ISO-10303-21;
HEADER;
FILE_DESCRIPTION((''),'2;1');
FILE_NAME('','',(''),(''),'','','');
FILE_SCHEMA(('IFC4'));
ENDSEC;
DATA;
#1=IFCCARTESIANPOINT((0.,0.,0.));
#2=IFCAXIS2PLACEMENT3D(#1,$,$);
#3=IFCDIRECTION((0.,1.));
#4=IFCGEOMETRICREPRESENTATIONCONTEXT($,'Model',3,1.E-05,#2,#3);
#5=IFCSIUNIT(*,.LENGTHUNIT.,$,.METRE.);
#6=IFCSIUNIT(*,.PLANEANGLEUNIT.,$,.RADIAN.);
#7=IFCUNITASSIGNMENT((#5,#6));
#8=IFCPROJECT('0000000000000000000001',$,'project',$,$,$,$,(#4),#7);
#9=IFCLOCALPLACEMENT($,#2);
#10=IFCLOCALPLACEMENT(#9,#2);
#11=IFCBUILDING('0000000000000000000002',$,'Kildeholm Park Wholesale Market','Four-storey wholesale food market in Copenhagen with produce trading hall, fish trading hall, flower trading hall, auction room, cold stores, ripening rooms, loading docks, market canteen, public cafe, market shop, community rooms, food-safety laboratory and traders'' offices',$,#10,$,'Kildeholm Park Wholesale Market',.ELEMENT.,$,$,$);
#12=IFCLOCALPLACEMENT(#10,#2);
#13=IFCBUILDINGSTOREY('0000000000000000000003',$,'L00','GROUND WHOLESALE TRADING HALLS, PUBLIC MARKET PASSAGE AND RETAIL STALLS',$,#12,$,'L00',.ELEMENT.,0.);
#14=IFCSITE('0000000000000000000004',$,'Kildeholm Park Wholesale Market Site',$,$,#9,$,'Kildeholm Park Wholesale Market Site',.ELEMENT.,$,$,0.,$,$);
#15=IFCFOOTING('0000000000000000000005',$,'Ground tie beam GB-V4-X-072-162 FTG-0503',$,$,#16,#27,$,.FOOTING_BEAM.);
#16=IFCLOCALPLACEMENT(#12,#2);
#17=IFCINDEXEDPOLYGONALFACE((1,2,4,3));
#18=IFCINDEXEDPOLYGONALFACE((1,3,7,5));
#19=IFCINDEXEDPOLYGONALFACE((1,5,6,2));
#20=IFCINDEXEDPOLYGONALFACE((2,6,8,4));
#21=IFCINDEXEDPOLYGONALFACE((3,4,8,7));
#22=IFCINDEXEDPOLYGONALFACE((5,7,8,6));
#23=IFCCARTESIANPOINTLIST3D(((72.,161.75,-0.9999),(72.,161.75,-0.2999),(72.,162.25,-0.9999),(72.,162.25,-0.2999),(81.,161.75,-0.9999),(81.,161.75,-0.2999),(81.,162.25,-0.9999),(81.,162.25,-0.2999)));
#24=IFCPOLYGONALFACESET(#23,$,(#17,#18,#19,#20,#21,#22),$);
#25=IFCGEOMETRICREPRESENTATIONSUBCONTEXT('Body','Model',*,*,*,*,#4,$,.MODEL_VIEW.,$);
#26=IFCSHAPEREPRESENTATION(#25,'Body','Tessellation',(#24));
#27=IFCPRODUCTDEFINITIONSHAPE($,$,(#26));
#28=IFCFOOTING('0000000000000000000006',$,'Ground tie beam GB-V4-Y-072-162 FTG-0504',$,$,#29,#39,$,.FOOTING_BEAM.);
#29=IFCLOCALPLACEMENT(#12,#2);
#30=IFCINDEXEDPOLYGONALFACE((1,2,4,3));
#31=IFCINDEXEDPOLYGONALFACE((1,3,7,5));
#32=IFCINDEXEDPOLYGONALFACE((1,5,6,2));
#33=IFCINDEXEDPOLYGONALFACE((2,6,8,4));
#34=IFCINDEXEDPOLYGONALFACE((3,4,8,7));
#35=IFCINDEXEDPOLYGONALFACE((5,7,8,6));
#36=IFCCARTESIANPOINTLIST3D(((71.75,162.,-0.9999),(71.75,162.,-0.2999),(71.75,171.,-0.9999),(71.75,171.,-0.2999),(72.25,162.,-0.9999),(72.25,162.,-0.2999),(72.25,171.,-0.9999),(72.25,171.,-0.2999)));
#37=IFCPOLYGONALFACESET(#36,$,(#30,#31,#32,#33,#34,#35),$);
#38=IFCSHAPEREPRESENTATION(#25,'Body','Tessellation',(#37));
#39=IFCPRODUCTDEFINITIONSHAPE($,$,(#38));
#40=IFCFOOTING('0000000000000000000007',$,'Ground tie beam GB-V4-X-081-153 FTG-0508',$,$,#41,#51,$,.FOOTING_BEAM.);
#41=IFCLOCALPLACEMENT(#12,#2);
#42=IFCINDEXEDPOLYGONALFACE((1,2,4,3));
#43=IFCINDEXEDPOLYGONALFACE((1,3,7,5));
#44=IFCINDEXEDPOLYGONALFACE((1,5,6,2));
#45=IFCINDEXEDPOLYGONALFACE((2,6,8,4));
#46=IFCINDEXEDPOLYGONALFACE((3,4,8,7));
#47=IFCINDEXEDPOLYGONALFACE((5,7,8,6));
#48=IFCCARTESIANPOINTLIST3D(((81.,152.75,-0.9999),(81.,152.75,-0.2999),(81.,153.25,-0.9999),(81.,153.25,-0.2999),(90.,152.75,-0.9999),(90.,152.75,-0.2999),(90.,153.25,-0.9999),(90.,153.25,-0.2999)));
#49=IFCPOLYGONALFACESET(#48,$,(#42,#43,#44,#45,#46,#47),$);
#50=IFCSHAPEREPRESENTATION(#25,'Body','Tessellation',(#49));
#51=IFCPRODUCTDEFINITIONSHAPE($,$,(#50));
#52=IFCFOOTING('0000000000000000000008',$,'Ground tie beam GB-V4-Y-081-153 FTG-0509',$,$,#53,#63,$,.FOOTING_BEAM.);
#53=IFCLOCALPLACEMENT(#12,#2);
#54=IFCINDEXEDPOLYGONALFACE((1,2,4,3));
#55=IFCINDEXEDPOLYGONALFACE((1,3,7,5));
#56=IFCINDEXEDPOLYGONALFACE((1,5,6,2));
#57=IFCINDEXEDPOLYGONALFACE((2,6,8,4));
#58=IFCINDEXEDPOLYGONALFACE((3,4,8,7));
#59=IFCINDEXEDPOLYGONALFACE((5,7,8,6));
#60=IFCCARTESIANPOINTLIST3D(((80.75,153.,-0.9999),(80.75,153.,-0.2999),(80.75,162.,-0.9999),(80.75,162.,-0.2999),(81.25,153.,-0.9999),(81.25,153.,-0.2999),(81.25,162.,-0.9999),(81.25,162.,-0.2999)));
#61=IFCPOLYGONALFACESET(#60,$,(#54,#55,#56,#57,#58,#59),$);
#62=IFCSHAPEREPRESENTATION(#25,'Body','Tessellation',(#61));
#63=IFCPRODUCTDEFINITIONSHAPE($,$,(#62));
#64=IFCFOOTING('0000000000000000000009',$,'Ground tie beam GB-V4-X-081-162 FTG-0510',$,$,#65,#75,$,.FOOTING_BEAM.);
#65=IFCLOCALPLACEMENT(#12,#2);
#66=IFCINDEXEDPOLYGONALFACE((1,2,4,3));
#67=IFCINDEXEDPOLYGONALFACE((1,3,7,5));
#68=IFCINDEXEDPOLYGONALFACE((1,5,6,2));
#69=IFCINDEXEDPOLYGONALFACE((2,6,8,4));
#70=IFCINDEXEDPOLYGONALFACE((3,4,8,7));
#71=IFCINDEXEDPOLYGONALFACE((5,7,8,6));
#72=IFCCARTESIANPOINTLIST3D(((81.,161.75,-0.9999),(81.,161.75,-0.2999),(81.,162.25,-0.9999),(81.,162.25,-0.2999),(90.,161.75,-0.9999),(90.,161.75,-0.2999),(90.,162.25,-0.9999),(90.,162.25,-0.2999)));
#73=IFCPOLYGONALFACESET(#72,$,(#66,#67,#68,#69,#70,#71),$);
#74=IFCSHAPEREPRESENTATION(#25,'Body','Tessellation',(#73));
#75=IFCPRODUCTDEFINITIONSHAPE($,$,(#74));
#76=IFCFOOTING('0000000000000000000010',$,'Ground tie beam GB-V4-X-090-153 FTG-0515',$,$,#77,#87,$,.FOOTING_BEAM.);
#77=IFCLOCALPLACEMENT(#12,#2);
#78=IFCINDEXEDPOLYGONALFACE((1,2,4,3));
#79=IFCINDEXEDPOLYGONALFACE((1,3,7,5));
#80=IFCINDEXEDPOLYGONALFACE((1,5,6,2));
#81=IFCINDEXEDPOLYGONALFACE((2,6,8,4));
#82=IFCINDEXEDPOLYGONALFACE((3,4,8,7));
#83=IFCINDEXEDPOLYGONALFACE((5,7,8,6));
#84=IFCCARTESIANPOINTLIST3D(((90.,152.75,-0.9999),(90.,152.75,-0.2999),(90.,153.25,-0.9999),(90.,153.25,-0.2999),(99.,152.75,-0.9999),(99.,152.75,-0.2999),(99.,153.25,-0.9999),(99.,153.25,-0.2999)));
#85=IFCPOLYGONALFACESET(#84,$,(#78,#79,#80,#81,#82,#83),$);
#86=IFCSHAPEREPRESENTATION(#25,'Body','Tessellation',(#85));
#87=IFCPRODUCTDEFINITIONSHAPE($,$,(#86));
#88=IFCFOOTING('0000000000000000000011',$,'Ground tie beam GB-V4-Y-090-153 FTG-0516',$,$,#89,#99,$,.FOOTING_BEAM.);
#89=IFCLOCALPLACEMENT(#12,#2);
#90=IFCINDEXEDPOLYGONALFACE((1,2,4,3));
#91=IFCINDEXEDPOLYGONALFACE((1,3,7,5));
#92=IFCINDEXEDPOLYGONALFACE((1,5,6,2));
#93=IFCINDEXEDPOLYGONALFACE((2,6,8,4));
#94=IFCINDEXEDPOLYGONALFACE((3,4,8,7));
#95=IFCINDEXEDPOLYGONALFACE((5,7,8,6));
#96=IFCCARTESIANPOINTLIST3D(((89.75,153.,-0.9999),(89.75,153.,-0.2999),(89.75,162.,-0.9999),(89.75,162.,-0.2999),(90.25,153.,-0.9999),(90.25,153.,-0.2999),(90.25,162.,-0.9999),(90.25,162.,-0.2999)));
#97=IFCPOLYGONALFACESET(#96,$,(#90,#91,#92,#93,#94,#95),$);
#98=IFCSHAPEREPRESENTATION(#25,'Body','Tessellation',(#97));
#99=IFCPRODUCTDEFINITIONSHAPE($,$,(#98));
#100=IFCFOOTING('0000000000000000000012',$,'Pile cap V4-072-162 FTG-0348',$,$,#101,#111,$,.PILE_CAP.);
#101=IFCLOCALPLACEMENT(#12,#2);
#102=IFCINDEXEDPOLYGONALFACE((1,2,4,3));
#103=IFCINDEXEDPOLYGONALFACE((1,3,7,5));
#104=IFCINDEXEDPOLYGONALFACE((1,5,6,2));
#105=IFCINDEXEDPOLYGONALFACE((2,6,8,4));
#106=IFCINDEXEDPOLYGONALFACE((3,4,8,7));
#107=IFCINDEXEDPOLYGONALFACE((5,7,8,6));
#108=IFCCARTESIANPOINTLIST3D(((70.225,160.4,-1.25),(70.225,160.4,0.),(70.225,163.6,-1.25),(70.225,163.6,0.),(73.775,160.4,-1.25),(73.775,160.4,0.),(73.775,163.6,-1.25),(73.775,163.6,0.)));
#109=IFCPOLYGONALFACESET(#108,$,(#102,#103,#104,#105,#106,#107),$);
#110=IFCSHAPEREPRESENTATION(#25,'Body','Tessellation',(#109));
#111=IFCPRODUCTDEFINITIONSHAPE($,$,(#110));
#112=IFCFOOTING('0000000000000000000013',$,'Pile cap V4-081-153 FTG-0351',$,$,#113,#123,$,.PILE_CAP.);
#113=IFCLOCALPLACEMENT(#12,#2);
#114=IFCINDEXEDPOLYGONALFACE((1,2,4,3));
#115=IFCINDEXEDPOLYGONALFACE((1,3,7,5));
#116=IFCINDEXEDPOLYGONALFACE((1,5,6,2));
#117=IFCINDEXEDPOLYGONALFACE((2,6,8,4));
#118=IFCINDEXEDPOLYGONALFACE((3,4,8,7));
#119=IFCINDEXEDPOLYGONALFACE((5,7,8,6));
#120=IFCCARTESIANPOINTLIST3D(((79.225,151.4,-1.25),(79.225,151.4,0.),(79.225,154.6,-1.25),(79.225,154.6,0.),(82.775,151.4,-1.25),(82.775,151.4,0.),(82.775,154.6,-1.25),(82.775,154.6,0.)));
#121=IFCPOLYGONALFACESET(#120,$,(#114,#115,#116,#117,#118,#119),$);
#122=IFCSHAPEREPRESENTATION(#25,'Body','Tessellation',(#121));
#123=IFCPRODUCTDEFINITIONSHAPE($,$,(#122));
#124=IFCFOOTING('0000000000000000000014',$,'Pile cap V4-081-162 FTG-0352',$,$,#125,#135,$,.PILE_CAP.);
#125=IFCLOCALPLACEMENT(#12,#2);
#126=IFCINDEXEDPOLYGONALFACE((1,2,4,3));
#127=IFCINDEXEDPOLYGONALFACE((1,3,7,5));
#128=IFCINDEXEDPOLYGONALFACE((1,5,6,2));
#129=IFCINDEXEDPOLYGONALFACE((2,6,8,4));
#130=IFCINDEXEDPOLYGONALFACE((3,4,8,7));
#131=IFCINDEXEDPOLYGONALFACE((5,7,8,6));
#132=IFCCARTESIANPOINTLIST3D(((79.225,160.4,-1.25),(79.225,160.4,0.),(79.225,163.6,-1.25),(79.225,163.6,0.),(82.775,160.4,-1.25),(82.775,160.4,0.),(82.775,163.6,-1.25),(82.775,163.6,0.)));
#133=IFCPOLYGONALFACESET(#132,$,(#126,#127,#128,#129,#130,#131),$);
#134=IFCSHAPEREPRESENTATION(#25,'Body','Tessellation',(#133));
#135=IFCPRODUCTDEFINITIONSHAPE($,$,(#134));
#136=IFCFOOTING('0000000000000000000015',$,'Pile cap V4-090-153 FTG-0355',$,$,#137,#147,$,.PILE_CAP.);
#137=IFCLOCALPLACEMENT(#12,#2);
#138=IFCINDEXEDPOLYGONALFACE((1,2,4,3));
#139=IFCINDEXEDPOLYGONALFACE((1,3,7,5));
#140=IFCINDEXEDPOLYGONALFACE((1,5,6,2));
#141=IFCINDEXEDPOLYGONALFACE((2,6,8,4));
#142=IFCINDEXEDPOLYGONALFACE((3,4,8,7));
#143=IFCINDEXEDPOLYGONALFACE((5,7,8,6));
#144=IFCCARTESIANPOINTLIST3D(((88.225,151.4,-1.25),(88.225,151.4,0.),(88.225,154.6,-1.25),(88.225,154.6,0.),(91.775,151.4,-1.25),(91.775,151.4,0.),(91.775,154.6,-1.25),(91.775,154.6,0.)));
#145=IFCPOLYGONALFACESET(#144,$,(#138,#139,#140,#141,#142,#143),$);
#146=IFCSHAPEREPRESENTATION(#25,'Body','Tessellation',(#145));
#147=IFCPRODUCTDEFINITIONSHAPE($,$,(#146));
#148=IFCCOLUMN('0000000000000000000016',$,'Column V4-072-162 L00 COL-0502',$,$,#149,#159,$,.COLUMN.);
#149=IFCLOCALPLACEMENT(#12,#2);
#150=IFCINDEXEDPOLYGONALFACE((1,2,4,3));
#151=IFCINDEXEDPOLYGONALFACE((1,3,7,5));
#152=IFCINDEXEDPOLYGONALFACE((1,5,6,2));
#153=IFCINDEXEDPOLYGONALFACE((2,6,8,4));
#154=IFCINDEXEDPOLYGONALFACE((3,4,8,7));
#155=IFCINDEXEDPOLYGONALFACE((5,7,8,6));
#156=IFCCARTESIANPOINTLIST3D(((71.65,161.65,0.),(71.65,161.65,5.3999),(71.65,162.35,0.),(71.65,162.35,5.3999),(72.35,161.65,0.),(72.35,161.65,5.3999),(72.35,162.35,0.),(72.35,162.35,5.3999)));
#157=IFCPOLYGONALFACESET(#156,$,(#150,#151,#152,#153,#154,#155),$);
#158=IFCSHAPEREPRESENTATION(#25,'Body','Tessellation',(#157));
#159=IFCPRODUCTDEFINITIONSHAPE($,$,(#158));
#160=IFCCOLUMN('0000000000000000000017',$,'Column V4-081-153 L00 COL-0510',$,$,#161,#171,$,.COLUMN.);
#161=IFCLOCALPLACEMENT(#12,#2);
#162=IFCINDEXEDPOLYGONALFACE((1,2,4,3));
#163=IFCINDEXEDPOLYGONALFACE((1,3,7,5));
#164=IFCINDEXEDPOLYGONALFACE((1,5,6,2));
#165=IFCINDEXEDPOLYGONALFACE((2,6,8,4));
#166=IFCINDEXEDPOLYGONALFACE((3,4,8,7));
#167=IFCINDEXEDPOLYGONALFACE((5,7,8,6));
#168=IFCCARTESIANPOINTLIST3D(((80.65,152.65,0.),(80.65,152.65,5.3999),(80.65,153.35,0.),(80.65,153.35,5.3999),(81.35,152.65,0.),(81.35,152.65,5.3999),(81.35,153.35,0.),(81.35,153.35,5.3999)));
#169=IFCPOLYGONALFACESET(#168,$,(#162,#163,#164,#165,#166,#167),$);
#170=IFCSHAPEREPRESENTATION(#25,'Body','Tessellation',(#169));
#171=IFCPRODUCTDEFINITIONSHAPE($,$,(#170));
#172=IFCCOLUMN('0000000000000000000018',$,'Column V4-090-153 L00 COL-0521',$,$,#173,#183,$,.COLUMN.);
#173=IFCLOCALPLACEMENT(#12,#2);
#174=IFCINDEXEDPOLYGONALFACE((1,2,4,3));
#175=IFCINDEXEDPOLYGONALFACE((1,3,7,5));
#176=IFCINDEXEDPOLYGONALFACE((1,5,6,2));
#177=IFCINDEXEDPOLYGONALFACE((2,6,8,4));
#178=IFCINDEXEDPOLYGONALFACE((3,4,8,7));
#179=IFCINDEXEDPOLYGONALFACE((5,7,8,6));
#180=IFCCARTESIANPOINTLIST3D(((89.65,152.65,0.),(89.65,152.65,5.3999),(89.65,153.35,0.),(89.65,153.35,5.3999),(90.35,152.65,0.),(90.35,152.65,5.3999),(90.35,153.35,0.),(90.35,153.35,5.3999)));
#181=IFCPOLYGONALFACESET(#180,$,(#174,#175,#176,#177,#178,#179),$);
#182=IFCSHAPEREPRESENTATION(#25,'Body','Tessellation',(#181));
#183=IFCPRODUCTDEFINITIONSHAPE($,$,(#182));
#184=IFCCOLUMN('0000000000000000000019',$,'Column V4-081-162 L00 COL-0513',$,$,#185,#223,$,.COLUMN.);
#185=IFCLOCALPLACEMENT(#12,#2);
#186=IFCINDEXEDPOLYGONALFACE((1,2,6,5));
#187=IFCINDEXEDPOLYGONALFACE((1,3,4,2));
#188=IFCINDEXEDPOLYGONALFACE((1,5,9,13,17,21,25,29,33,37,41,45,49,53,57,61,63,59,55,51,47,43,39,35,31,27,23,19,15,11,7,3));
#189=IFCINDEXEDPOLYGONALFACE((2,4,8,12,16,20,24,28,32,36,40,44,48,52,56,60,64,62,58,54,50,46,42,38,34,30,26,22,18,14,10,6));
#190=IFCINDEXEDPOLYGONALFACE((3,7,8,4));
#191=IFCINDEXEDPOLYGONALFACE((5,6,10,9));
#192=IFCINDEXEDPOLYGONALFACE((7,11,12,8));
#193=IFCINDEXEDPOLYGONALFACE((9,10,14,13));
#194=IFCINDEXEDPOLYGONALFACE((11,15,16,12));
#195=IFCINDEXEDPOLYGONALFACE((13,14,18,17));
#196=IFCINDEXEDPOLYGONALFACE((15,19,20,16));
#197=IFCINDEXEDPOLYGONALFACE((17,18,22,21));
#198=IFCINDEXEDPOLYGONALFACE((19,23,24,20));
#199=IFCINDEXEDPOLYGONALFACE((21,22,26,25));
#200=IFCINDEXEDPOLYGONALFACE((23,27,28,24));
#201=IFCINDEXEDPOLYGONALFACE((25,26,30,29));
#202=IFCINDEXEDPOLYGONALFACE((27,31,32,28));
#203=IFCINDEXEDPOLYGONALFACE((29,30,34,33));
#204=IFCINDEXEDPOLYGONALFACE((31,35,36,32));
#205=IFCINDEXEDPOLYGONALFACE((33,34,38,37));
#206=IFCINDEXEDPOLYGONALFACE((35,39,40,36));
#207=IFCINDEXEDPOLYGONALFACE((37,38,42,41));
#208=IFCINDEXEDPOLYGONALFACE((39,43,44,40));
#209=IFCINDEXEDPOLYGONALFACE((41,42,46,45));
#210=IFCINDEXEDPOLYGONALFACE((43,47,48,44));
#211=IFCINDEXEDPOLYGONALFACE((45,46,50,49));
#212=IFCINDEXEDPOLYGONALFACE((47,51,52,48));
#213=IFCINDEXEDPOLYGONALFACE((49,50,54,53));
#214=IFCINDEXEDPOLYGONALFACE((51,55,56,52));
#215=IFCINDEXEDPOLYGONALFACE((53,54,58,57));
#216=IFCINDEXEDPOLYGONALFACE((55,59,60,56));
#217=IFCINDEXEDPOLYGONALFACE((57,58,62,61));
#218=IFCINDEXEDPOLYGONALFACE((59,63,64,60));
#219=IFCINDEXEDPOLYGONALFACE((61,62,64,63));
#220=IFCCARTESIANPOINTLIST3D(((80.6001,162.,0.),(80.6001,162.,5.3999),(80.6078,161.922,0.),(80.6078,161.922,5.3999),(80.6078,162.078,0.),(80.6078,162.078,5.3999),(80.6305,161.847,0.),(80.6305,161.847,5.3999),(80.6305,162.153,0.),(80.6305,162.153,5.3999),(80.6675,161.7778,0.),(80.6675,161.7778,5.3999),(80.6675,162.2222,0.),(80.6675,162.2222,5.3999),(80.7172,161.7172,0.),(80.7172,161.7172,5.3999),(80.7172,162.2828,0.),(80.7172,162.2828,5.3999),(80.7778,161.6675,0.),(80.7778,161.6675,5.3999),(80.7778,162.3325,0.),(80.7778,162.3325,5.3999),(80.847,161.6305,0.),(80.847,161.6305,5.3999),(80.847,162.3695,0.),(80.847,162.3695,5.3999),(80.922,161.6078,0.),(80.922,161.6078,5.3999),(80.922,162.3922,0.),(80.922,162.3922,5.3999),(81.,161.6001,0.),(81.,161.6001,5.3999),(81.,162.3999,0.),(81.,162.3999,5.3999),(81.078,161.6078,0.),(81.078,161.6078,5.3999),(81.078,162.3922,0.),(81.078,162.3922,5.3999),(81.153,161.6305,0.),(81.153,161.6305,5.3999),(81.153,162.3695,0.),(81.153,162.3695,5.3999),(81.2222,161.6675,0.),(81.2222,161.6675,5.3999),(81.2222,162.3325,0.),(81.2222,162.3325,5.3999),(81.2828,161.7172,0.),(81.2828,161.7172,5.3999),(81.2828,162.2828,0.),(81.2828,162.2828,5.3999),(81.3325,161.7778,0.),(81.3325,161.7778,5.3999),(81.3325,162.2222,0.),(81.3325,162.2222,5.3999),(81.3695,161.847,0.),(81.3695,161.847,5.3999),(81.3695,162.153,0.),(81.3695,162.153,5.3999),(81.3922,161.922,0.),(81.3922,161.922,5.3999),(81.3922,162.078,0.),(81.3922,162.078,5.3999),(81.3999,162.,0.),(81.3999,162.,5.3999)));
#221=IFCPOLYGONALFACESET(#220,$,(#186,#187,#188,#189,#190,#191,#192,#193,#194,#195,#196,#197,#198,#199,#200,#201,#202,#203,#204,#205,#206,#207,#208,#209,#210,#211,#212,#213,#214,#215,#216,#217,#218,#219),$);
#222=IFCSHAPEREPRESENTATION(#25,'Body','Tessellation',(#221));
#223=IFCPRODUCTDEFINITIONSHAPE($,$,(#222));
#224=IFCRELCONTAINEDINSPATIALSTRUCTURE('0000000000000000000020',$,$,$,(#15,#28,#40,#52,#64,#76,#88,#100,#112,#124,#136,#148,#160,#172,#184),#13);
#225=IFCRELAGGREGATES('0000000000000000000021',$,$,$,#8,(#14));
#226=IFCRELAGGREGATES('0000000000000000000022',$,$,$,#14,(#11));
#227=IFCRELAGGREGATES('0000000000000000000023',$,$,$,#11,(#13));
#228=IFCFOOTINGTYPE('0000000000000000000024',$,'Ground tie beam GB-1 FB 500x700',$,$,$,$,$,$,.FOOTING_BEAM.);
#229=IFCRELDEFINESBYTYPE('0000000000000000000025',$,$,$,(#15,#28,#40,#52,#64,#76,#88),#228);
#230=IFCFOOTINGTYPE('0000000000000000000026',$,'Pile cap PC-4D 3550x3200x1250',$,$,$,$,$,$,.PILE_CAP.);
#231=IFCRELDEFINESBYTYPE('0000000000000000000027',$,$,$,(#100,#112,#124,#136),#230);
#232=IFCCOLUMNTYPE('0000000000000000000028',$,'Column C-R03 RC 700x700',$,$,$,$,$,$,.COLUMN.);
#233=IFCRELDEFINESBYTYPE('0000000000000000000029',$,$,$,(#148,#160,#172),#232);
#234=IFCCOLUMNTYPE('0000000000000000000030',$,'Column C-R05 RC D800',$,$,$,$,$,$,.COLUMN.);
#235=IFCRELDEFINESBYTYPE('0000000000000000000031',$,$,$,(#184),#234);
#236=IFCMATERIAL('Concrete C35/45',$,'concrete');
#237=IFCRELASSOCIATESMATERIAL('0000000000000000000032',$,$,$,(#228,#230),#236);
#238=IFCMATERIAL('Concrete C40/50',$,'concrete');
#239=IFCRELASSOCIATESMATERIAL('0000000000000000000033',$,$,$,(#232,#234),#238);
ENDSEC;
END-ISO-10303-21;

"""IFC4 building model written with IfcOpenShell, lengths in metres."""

from ifc_helpers import new_model, si_unit, direction, frame, origin, origin_2d, place, context, subcontext, project, spatial, rectangle, circle, extrude, material, material_profile, profile_set, type_object, element, save


model = new_model("IFC4")

# Units and contexts
model_context = context("Model", 3, precision=1e-05, world=origin(), true_north=direction((0.0, 1.0)))
body_context = subcontext(model_context, "Body", "Model", "MODEL_VIEW")
ifc_project = project(units=[si_unit("LENGTHUNIT", "METRE"), si_unit("PLANEANGLEUNIT", "RADIAN")], contexts=[model_context])

# Site, building, storey
site_placement = place(None, origin())
site = spatial("IfcSite", under=ifc_project, at=site_placement, Name="Kildeholm Park Wholesale Market Site", LongName="Kildeholm Park Wholesale Market Site", CompositionType="ELEMENT", RefElevation=0.0)
building_placement = place(site_placement, origin())
building = spatial("IfcBuilding", under=site, at=building_placement, Name="Kildeholm Park Wholesale Market", Description="Four-storey wholesale food market in Copenhagen with produce trading hall, fish trading hall, flower trading hall, auction room, cold stores, ripening rooms, loading docks, market canteen, public cafe, market shop, community rooms, food-safety laboratory and traders' offices", LongName="Kildeholm Park Wholesale Market", CompositionType="ELEMENT")
storey_placement = place(building_placement, origin())
storey = spatial("IfcBuildingStorey", under=building, at=storey_placement, Name="L00", Description="GROUND WHOLESALE TRADING HALLS, PUBLIC MARKET PASSAGE AND RETAIL STALLS", LongName="L00", CompositionType="ELEMENT", Elevation=0.0)

# Shared definitions
ifc_material_1 = material(Name="Concrete C35/45", Category="concrete")

# Footings
ifc_material_profile_1 = material_profile(ifc_material_1, rectangle(XDim=0.5, YDim=0.7, at=origin_2d()), Name="FB 500x700")
ifc_profile_set_1 = profile_set([ifc_material_profile_1], Name="Concrete C35/45")
footing_type_1 = type_object("IfcFootingType", Name="Ground tie beam GB-1 FB 500x700", PredefinedType="FOOTING_BEAM", material=ifc_profile_set_1)
for number, where, z_axis, x_axis, name in (
    (1, (72.0, 162.0, -0.6499), (1.0, 0.0, 0.0), (0.0, 1.0, 0.0), "Ground tie beam GB-V4-X-072-162 FTG-0503"),
    (2, (72.0, 162.0, -0.6499), (0.0, 1.0, 0.0), (-1.0, 0.0, 0.0), "Ground tie beam GB-V4-Y-072-162 FTG-0504"),
    (3, (81.0, 153.0, -0.6499), (1.0, 0.0, 0.0), (0.0, 1.0, 0.0), "Ground tie beam GB-V4-X-081-153 FTG-0508"),
    (4, (81.0, 153.0, -0.6499), (0.0, 1.0, 0.0), (-1.0, 0.0, 0.0), "Ground tie beam GB-V4-Y-081-153 FTG-0509"),
    (5, (81.0, 162.0, -0.6499), (1.0, 0.0, 0.0), (0.0, 1.0, 0.0), "Ground tie beam GB-V4-X-081-162 FTG-0510"),
    (6, (90.0, 153.0, -0.6499), (1.0, 0.0, 0.0), (0.0, 1.0, 0.0), "Ground tie beam GB-V4-X-090-153 FTG-0515"),
    (7, (90.0, 153.0, -0.6499), (0.0, 1.0, 0.0), (-1.0, 0.0, 0.0), "Ground tie beam GB-V4-Y-090-153 FTG-0516"),
):
    element("IfcFooting", number, at=place(storey_placement, frame(where, z_axis=z_axis, x_axis=x_axis)), inside=storey, type_object=footing_type_1, Name=name, PredefinedType="FOOTING_BEAM", context=body_context, shape_type="SweptSolid", body=[
        extrude(rectangle(XDim=0.5, YDim=0.7, at=origin_2d()), origin(), (0.0, 0.0, 1.0), 9.0),
    ])
footing_type_2 = type_object("IfcFootingType", Name="Pile cap PC-4D 3550x3200x1250", PredefinedType="PILE_CAP", material=ifc_material_1)
for number, where, z_axis, x_axis, name in (
    (8, (72.0, 162.0, -1.25), (0.0, 0.0, 1.0), (1.0, 0.0, 0.0), "Pile cap V4-072-162 FTG-0348"),
    (9, (81.0, 153.0, -1.25), (0.0, 0.0, 1.0), (1.0, 0.0, 0.0), "Pile cap V4-081-153 FTG-0351"),
    (10, (81.0, 162.0, -1.25), (0.0, 0.0, 1.0), (1.0, 0.0, 0.0), "Pile cap V4-081-162 FTG-0352"),
    (11, (90.0, 153.0, -1.25), (0.0, 0.0, 1.0), (1.0, 0.0, 0.0), "Pile cap V4-090-153 FTG-0355"),
):
    element("IfcFooting", number, at=place(storey_placement, frame(where, z_axis=z_axis, x_axis=x_axis)), inside=storey, type_object=footing_type_2, Name=name, PredefinedType="PILE_CAP", context=body_context, shape_type="SweptSolid", body=[
        extrude(rectangle(XDim=3.55, YDim=3.2, at=origin_2d()), origin(), (0.0, 0.0, 1.0), 1.25),
    ])

# Columns
ifc_material_2 = material(Name="Concrete C40/50", Category="concrete")
ifc_material_profile_2 = material_profile(ifc_material_2, rectangle(XDim=0.7, YDim=0.7, at=origin_2d()), Name="RC 700x700")
ifc_profile_set_2 = profile_set([ifc_material_profile_2], Name="Concrete C40/50")
column_type_1 = type_object("IfcColumnType", Name="Column C-R03 RC 700x700", PredefinedType="COLUMN", material=ifc_profile_set_2)
for number, where, z_axis, x_axis, name in (
    (12, (72.0, 162.0, 0.0), (0.0, 0.0, 1.0), (1.0, 0.0, 0.0), "Column V4-072-162 L00 COL-0502"),
    (13, (81.0, 153.0, 0.0), (0.0, 0.0, 1.0), (1.0, 0.0, 0.0), "Column V4-081-153 L00 COL-0510"),
    (14, (90.0, 153.0, 0.0), (0.0, 0.0, 1.0), (1.0, 0.0, 0.0), "Column V4-090-153 L00 COL-0521"),
):
    element("IfcColumn", number, at=place(storey_placement, frame(where, z_axis=z_axis, x_axis=x_axis)), inside=storey, type_object=column_type_1, Name=name, PredefinedType="COLUMN", context=body_context, shape_type="SweptSolid", body=[
        extrude(rectangle(XDim=0.7, YDim=0.7, at=origin_2d()), origin(), (0.0, 0.0, 1.0), 5.3999),
    ])
ifc_material_profile_3 = material_profile(ifc_material_2, circle(Radius=0.3999, at=origin_2d()), Name="RC D800")
ifc_profile_set_3 = profile_set([ifc_material_profile_3], Name="Concrete C40/50")
column_type_2 = type_object("IfcColumnType", Name="Column C-R05 RC D800", PredefinedType="COLUMN", material=ifc_profile_set_3)
column_placement = place(storey_placement, frame((81.0, 162.0, 0.0), z_axis=(0.0, 0.0, 1.0), x_axis=(1.0, 0.0, 0.0)))
element("IfcColumn", 15, at=column_placement, inside=storey, type_object=column_type_2, Name="Column V4-081-162 L00 COL-0513", PredefinedType="COLUMN", context=body_context, shape_type="SweptSolid", body=[
    extrude(circle(Radius=0.3999, at=origin_2d()), origin(), (0.0, 0.0, 1.0), 5.3999),
])

save(model, "model.ifc")
